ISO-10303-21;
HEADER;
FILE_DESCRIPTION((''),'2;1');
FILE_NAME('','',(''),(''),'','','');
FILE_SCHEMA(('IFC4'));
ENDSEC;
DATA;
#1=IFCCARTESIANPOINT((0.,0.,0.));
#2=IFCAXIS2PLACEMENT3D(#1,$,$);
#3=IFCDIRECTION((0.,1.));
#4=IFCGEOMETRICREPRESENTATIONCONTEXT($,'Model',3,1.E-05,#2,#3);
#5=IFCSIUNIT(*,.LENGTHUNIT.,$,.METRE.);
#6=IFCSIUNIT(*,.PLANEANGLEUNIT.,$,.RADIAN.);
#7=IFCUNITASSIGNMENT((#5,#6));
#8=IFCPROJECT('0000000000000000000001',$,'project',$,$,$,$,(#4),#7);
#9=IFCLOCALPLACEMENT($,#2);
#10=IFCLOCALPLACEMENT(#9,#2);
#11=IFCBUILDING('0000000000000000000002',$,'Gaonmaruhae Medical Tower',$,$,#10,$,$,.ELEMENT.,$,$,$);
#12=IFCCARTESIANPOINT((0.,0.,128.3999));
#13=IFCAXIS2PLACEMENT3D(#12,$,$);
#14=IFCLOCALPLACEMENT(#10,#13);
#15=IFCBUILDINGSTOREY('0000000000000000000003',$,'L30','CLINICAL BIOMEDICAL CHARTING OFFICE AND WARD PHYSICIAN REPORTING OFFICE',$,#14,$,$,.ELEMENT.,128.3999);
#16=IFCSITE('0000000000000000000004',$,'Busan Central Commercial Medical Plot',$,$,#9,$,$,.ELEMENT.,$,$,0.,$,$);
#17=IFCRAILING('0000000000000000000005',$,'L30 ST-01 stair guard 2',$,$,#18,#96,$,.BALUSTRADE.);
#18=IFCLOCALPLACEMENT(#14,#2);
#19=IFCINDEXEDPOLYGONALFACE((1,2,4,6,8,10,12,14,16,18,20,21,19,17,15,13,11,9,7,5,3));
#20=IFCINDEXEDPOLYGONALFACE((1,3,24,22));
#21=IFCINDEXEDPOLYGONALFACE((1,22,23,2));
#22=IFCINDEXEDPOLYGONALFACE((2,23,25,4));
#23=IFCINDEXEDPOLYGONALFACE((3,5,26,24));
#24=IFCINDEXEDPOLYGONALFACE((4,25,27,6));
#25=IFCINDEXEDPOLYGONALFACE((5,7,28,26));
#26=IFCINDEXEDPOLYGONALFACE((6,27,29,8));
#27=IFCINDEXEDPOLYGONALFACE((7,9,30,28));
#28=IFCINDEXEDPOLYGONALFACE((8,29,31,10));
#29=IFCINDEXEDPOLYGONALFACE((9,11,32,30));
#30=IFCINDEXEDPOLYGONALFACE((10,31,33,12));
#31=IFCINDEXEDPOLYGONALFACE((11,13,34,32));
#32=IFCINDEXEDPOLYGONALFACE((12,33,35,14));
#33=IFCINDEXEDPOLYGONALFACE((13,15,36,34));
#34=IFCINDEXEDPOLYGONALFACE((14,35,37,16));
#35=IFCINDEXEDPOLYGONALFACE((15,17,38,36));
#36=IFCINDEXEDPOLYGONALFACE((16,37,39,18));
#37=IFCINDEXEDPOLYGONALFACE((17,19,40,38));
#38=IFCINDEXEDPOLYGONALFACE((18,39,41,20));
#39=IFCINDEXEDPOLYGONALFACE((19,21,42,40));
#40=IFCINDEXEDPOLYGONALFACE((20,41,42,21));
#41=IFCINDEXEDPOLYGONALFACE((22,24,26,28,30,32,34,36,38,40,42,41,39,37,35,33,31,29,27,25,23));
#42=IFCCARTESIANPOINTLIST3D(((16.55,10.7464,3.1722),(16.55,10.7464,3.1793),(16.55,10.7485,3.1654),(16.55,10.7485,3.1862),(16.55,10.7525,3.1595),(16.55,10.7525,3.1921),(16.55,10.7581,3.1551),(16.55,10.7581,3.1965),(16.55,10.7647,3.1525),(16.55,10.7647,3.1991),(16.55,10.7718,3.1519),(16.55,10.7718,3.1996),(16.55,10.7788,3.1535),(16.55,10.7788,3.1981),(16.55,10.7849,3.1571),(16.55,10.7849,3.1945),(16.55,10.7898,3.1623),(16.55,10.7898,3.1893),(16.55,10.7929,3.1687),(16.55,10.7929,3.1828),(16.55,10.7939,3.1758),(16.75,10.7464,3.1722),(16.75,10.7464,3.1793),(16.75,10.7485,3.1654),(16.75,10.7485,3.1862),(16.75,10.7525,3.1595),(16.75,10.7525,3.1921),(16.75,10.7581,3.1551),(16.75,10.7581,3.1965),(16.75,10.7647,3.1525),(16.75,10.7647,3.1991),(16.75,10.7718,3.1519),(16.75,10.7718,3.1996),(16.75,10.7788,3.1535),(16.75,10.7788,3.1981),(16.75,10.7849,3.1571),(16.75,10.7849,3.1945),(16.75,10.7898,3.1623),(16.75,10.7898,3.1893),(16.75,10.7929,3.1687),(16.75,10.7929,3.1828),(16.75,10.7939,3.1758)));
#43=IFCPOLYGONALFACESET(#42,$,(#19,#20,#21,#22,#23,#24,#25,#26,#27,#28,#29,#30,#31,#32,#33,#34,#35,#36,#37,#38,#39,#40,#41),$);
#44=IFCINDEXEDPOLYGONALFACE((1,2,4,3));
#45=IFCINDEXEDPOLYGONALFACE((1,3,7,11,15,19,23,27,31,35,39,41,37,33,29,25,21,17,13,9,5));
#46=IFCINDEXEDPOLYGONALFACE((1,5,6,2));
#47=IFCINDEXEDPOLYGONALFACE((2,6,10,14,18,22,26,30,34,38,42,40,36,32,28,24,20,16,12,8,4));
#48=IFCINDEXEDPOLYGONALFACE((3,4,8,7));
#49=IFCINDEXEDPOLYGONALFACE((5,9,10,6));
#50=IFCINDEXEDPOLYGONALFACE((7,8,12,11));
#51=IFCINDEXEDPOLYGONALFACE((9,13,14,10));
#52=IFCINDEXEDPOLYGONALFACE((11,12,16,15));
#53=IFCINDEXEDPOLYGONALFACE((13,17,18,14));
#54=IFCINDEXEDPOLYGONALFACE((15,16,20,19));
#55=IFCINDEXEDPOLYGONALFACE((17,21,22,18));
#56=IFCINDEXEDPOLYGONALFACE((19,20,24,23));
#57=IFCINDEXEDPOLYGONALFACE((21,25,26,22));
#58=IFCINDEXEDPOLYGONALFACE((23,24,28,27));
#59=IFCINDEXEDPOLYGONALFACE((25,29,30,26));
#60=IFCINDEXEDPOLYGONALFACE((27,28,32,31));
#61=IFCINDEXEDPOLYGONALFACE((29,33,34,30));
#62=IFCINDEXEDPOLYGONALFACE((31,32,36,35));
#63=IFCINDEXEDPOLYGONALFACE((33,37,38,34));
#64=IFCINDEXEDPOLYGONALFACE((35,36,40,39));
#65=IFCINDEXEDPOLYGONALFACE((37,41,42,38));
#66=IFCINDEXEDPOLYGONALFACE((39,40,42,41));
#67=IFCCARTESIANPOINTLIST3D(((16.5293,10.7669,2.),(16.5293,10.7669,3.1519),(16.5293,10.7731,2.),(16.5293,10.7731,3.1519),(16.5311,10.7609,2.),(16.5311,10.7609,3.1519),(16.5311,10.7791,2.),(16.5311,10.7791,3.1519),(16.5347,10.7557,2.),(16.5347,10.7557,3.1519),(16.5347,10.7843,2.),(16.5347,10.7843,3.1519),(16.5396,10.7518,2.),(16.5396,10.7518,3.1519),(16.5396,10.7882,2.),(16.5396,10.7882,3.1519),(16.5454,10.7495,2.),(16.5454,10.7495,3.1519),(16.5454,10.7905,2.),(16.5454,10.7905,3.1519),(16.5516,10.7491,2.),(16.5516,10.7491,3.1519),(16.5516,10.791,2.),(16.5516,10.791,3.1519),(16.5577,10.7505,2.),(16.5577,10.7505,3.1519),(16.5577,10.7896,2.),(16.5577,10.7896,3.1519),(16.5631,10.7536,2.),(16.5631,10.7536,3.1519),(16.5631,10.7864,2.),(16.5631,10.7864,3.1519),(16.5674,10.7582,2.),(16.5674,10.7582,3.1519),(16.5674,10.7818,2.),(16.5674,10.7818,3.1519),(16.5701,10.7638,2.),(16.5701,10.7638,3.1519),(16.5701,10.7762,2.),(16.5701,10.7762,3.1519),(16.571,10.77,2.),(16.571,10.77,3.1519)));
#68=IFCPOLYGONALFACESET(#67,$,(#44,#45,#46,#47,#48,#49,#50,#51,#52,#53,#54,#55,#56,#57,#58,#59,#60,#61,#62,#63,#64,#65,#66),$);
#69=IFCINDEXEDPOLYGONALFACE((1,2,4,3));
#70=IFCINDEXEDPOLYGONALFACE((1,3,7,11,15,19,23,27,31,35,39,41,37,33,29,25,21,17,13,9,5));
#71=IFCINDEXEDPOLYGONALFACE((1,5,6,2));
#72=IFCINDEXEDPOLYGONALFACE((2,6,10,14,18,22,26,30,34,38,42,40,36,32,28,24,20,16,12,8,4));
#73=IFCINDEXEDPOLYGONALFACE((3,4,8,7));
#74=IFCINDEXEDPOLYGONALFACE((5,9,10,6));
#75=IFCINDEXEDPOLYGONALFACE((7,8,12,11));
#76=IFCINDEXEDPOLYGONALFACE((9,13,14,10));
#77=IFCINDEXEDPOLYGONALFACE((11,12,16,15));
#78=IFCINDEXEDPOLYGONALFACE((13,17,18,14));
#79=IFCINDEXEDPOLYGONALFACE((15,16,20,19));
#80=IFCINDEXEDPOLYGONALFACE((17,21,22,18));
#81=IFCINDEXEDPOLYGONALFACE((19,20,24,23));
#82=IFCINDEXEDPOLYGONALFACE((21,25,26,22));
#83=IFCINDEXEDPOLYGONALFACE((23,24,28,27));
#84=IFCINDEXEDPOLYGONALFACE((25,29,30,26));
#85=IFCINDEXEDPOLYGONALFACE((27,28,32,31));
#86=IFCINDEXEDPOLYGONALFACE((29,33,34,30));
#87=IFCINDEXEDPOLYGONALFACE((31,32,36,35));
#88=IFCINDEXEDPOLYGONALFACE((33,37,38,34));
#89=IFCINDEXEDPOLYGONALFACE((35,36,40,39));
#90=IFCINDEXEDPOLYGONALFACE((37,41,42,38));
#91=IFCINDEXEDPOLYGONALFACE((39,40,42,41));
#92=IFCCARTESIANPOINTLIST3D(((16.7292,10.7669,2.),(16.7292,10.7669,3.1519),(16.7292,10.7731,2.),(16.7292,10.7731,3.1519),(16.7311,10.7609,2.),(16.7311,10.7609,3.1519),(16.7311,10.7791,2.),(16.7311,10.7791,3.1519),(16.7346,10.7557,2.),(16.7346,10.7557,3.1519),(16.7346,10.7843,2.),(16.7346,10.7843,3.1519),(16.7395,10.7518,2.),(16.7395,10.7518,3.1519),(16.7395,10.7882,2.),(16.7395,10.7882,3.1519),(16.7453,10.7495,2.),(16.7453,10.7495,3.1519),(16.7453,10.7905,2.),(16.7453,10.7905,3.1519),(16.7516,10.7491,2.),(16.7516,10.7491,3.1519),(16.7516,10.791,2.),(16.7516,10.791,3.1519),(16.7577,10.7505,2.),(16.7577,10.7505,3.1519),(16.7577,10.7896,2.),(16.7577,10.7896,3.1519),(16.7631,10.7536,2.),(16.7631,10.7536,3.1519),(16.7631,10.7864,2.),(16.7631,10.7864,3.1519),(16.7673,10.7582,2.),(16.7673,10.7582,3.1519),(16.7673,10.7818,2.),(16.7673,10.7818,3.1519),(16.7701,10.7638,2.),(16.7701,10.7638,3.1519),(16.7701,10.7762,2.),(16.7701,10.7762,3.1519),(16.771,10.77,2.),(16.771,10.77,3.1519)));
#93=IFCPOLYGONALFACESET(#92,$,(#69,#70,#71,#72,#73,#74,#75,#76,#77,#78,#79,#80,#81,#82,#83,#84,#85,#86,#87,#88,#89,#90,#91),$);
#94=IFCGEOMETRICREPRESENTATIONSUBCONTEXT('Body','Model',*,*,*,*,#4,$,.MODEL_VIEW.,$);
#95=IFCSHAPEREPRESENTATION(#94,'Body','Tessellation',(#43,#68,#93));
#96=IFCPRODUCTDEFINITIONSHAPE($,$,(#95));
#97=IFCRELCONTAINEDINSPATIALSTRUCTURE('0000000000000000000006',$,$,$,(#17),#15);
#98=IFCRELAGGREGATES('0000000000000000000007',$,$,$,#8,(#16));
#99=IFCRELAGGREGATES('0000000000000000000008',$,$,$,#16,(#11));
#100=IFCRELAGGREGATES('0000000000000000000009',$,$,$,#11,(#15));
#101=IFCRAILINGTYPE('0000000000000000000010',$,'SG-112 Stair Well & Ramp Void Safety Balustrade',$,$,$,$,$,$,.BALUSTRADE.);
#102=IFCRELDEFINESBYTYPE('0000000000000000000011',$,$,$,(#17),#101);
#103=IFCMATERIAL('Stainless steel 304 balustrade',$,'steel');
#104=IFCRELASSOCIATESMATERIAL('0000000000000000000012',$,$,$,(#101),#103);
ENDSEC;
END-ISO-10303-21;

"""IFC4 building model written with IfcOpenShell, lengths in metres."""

from ifc_helpers import new_model, si_unit, direction, frame, origin, origin_2d, place, context, subcontext, project, spatial, circle, extrude, material, type_object, element, save


model = new_model("IFC4")

# Units and contexts
model_context = context("Model", 3, precision=1e-05, world=origin(), true_north=direction((0.0, 1.0)))
body_context = subcontext(model_context, "Body", "Model", "MODEL_VIEW")
ifc_project = project(units=[si_unit("LENGTHUNIT", "METRE"), si_unit("PLANEANGLEUNIT", "RADIAN")], contexts=[model_context])

# Site, building, storey
site_placement = place(None, origin())
site = spatial("IfcSite", under=ifc_project, at=site_placement, Name="Busan Central Commercial Medical Plot", CompositionType="ELEMENT", RefElevation=0.0)
building_placement = place(site_placement, origin())
building = spatial("IfcBuilding", under=site, at=building_placement, Name="Gaonmaruhae Medical Tower", CompositionType="ELEMENT")
storey_placement = place(building_placement, frame((0.0, 0.0, 128.3999)))
storey = spatial("IfcBuildingStorey", under=building, at=storey_placement, Name="L30", Description="CLINICAL BIOMEDICAL CHARTING OFFICE AND WARD PHYSICIAN REPORTING OFFICE", CompositionType="ELEMENT", Elevation=128.3999)

# Railing
ifc_material_1 = material(Name="Stainless steel 304 balustrade", Category="steel")
railing_type_1 = type_object("IfcRailingType", Name="SG-112 Stair Well & Ramp Void Safety Balustrade", PredefinedType="BALUSTRADE", material=ifc_material_1)
railing_1_placement = place(storey_placement, frame((16.55, 10.77, 2.0)))
element("IfcRailing", 1, at=railing_1_placement, inside=storey, type_object=railing_type_1, Name="L30 ST-01 stair guard 2", PredefinedType="BALUSTRADE", context=body_context, shape_type="SweptSolid", body=[
    extrude(circle(Radius=0.0239, at=origin_2d()), frame((0.0, 0.0, 1.1758), z_axis=(1.0, 0.0, 0.0), x_axis=(0.0, 1.0, 0.0)), (0.0, 0.0, 1.0), 0.2),
    extrude(circle(Radius=0.021, at=origin_2d()), origin(), (0.0, 0.0, 1.0), 1.1519),
    extrude(circle(Radius=0.021, at=origin_2d()), frame((0.2, 0.0, 0.0)), (0.0, 0.0, 1.0), 1.1519),
])

save(model, "model.ifc")
